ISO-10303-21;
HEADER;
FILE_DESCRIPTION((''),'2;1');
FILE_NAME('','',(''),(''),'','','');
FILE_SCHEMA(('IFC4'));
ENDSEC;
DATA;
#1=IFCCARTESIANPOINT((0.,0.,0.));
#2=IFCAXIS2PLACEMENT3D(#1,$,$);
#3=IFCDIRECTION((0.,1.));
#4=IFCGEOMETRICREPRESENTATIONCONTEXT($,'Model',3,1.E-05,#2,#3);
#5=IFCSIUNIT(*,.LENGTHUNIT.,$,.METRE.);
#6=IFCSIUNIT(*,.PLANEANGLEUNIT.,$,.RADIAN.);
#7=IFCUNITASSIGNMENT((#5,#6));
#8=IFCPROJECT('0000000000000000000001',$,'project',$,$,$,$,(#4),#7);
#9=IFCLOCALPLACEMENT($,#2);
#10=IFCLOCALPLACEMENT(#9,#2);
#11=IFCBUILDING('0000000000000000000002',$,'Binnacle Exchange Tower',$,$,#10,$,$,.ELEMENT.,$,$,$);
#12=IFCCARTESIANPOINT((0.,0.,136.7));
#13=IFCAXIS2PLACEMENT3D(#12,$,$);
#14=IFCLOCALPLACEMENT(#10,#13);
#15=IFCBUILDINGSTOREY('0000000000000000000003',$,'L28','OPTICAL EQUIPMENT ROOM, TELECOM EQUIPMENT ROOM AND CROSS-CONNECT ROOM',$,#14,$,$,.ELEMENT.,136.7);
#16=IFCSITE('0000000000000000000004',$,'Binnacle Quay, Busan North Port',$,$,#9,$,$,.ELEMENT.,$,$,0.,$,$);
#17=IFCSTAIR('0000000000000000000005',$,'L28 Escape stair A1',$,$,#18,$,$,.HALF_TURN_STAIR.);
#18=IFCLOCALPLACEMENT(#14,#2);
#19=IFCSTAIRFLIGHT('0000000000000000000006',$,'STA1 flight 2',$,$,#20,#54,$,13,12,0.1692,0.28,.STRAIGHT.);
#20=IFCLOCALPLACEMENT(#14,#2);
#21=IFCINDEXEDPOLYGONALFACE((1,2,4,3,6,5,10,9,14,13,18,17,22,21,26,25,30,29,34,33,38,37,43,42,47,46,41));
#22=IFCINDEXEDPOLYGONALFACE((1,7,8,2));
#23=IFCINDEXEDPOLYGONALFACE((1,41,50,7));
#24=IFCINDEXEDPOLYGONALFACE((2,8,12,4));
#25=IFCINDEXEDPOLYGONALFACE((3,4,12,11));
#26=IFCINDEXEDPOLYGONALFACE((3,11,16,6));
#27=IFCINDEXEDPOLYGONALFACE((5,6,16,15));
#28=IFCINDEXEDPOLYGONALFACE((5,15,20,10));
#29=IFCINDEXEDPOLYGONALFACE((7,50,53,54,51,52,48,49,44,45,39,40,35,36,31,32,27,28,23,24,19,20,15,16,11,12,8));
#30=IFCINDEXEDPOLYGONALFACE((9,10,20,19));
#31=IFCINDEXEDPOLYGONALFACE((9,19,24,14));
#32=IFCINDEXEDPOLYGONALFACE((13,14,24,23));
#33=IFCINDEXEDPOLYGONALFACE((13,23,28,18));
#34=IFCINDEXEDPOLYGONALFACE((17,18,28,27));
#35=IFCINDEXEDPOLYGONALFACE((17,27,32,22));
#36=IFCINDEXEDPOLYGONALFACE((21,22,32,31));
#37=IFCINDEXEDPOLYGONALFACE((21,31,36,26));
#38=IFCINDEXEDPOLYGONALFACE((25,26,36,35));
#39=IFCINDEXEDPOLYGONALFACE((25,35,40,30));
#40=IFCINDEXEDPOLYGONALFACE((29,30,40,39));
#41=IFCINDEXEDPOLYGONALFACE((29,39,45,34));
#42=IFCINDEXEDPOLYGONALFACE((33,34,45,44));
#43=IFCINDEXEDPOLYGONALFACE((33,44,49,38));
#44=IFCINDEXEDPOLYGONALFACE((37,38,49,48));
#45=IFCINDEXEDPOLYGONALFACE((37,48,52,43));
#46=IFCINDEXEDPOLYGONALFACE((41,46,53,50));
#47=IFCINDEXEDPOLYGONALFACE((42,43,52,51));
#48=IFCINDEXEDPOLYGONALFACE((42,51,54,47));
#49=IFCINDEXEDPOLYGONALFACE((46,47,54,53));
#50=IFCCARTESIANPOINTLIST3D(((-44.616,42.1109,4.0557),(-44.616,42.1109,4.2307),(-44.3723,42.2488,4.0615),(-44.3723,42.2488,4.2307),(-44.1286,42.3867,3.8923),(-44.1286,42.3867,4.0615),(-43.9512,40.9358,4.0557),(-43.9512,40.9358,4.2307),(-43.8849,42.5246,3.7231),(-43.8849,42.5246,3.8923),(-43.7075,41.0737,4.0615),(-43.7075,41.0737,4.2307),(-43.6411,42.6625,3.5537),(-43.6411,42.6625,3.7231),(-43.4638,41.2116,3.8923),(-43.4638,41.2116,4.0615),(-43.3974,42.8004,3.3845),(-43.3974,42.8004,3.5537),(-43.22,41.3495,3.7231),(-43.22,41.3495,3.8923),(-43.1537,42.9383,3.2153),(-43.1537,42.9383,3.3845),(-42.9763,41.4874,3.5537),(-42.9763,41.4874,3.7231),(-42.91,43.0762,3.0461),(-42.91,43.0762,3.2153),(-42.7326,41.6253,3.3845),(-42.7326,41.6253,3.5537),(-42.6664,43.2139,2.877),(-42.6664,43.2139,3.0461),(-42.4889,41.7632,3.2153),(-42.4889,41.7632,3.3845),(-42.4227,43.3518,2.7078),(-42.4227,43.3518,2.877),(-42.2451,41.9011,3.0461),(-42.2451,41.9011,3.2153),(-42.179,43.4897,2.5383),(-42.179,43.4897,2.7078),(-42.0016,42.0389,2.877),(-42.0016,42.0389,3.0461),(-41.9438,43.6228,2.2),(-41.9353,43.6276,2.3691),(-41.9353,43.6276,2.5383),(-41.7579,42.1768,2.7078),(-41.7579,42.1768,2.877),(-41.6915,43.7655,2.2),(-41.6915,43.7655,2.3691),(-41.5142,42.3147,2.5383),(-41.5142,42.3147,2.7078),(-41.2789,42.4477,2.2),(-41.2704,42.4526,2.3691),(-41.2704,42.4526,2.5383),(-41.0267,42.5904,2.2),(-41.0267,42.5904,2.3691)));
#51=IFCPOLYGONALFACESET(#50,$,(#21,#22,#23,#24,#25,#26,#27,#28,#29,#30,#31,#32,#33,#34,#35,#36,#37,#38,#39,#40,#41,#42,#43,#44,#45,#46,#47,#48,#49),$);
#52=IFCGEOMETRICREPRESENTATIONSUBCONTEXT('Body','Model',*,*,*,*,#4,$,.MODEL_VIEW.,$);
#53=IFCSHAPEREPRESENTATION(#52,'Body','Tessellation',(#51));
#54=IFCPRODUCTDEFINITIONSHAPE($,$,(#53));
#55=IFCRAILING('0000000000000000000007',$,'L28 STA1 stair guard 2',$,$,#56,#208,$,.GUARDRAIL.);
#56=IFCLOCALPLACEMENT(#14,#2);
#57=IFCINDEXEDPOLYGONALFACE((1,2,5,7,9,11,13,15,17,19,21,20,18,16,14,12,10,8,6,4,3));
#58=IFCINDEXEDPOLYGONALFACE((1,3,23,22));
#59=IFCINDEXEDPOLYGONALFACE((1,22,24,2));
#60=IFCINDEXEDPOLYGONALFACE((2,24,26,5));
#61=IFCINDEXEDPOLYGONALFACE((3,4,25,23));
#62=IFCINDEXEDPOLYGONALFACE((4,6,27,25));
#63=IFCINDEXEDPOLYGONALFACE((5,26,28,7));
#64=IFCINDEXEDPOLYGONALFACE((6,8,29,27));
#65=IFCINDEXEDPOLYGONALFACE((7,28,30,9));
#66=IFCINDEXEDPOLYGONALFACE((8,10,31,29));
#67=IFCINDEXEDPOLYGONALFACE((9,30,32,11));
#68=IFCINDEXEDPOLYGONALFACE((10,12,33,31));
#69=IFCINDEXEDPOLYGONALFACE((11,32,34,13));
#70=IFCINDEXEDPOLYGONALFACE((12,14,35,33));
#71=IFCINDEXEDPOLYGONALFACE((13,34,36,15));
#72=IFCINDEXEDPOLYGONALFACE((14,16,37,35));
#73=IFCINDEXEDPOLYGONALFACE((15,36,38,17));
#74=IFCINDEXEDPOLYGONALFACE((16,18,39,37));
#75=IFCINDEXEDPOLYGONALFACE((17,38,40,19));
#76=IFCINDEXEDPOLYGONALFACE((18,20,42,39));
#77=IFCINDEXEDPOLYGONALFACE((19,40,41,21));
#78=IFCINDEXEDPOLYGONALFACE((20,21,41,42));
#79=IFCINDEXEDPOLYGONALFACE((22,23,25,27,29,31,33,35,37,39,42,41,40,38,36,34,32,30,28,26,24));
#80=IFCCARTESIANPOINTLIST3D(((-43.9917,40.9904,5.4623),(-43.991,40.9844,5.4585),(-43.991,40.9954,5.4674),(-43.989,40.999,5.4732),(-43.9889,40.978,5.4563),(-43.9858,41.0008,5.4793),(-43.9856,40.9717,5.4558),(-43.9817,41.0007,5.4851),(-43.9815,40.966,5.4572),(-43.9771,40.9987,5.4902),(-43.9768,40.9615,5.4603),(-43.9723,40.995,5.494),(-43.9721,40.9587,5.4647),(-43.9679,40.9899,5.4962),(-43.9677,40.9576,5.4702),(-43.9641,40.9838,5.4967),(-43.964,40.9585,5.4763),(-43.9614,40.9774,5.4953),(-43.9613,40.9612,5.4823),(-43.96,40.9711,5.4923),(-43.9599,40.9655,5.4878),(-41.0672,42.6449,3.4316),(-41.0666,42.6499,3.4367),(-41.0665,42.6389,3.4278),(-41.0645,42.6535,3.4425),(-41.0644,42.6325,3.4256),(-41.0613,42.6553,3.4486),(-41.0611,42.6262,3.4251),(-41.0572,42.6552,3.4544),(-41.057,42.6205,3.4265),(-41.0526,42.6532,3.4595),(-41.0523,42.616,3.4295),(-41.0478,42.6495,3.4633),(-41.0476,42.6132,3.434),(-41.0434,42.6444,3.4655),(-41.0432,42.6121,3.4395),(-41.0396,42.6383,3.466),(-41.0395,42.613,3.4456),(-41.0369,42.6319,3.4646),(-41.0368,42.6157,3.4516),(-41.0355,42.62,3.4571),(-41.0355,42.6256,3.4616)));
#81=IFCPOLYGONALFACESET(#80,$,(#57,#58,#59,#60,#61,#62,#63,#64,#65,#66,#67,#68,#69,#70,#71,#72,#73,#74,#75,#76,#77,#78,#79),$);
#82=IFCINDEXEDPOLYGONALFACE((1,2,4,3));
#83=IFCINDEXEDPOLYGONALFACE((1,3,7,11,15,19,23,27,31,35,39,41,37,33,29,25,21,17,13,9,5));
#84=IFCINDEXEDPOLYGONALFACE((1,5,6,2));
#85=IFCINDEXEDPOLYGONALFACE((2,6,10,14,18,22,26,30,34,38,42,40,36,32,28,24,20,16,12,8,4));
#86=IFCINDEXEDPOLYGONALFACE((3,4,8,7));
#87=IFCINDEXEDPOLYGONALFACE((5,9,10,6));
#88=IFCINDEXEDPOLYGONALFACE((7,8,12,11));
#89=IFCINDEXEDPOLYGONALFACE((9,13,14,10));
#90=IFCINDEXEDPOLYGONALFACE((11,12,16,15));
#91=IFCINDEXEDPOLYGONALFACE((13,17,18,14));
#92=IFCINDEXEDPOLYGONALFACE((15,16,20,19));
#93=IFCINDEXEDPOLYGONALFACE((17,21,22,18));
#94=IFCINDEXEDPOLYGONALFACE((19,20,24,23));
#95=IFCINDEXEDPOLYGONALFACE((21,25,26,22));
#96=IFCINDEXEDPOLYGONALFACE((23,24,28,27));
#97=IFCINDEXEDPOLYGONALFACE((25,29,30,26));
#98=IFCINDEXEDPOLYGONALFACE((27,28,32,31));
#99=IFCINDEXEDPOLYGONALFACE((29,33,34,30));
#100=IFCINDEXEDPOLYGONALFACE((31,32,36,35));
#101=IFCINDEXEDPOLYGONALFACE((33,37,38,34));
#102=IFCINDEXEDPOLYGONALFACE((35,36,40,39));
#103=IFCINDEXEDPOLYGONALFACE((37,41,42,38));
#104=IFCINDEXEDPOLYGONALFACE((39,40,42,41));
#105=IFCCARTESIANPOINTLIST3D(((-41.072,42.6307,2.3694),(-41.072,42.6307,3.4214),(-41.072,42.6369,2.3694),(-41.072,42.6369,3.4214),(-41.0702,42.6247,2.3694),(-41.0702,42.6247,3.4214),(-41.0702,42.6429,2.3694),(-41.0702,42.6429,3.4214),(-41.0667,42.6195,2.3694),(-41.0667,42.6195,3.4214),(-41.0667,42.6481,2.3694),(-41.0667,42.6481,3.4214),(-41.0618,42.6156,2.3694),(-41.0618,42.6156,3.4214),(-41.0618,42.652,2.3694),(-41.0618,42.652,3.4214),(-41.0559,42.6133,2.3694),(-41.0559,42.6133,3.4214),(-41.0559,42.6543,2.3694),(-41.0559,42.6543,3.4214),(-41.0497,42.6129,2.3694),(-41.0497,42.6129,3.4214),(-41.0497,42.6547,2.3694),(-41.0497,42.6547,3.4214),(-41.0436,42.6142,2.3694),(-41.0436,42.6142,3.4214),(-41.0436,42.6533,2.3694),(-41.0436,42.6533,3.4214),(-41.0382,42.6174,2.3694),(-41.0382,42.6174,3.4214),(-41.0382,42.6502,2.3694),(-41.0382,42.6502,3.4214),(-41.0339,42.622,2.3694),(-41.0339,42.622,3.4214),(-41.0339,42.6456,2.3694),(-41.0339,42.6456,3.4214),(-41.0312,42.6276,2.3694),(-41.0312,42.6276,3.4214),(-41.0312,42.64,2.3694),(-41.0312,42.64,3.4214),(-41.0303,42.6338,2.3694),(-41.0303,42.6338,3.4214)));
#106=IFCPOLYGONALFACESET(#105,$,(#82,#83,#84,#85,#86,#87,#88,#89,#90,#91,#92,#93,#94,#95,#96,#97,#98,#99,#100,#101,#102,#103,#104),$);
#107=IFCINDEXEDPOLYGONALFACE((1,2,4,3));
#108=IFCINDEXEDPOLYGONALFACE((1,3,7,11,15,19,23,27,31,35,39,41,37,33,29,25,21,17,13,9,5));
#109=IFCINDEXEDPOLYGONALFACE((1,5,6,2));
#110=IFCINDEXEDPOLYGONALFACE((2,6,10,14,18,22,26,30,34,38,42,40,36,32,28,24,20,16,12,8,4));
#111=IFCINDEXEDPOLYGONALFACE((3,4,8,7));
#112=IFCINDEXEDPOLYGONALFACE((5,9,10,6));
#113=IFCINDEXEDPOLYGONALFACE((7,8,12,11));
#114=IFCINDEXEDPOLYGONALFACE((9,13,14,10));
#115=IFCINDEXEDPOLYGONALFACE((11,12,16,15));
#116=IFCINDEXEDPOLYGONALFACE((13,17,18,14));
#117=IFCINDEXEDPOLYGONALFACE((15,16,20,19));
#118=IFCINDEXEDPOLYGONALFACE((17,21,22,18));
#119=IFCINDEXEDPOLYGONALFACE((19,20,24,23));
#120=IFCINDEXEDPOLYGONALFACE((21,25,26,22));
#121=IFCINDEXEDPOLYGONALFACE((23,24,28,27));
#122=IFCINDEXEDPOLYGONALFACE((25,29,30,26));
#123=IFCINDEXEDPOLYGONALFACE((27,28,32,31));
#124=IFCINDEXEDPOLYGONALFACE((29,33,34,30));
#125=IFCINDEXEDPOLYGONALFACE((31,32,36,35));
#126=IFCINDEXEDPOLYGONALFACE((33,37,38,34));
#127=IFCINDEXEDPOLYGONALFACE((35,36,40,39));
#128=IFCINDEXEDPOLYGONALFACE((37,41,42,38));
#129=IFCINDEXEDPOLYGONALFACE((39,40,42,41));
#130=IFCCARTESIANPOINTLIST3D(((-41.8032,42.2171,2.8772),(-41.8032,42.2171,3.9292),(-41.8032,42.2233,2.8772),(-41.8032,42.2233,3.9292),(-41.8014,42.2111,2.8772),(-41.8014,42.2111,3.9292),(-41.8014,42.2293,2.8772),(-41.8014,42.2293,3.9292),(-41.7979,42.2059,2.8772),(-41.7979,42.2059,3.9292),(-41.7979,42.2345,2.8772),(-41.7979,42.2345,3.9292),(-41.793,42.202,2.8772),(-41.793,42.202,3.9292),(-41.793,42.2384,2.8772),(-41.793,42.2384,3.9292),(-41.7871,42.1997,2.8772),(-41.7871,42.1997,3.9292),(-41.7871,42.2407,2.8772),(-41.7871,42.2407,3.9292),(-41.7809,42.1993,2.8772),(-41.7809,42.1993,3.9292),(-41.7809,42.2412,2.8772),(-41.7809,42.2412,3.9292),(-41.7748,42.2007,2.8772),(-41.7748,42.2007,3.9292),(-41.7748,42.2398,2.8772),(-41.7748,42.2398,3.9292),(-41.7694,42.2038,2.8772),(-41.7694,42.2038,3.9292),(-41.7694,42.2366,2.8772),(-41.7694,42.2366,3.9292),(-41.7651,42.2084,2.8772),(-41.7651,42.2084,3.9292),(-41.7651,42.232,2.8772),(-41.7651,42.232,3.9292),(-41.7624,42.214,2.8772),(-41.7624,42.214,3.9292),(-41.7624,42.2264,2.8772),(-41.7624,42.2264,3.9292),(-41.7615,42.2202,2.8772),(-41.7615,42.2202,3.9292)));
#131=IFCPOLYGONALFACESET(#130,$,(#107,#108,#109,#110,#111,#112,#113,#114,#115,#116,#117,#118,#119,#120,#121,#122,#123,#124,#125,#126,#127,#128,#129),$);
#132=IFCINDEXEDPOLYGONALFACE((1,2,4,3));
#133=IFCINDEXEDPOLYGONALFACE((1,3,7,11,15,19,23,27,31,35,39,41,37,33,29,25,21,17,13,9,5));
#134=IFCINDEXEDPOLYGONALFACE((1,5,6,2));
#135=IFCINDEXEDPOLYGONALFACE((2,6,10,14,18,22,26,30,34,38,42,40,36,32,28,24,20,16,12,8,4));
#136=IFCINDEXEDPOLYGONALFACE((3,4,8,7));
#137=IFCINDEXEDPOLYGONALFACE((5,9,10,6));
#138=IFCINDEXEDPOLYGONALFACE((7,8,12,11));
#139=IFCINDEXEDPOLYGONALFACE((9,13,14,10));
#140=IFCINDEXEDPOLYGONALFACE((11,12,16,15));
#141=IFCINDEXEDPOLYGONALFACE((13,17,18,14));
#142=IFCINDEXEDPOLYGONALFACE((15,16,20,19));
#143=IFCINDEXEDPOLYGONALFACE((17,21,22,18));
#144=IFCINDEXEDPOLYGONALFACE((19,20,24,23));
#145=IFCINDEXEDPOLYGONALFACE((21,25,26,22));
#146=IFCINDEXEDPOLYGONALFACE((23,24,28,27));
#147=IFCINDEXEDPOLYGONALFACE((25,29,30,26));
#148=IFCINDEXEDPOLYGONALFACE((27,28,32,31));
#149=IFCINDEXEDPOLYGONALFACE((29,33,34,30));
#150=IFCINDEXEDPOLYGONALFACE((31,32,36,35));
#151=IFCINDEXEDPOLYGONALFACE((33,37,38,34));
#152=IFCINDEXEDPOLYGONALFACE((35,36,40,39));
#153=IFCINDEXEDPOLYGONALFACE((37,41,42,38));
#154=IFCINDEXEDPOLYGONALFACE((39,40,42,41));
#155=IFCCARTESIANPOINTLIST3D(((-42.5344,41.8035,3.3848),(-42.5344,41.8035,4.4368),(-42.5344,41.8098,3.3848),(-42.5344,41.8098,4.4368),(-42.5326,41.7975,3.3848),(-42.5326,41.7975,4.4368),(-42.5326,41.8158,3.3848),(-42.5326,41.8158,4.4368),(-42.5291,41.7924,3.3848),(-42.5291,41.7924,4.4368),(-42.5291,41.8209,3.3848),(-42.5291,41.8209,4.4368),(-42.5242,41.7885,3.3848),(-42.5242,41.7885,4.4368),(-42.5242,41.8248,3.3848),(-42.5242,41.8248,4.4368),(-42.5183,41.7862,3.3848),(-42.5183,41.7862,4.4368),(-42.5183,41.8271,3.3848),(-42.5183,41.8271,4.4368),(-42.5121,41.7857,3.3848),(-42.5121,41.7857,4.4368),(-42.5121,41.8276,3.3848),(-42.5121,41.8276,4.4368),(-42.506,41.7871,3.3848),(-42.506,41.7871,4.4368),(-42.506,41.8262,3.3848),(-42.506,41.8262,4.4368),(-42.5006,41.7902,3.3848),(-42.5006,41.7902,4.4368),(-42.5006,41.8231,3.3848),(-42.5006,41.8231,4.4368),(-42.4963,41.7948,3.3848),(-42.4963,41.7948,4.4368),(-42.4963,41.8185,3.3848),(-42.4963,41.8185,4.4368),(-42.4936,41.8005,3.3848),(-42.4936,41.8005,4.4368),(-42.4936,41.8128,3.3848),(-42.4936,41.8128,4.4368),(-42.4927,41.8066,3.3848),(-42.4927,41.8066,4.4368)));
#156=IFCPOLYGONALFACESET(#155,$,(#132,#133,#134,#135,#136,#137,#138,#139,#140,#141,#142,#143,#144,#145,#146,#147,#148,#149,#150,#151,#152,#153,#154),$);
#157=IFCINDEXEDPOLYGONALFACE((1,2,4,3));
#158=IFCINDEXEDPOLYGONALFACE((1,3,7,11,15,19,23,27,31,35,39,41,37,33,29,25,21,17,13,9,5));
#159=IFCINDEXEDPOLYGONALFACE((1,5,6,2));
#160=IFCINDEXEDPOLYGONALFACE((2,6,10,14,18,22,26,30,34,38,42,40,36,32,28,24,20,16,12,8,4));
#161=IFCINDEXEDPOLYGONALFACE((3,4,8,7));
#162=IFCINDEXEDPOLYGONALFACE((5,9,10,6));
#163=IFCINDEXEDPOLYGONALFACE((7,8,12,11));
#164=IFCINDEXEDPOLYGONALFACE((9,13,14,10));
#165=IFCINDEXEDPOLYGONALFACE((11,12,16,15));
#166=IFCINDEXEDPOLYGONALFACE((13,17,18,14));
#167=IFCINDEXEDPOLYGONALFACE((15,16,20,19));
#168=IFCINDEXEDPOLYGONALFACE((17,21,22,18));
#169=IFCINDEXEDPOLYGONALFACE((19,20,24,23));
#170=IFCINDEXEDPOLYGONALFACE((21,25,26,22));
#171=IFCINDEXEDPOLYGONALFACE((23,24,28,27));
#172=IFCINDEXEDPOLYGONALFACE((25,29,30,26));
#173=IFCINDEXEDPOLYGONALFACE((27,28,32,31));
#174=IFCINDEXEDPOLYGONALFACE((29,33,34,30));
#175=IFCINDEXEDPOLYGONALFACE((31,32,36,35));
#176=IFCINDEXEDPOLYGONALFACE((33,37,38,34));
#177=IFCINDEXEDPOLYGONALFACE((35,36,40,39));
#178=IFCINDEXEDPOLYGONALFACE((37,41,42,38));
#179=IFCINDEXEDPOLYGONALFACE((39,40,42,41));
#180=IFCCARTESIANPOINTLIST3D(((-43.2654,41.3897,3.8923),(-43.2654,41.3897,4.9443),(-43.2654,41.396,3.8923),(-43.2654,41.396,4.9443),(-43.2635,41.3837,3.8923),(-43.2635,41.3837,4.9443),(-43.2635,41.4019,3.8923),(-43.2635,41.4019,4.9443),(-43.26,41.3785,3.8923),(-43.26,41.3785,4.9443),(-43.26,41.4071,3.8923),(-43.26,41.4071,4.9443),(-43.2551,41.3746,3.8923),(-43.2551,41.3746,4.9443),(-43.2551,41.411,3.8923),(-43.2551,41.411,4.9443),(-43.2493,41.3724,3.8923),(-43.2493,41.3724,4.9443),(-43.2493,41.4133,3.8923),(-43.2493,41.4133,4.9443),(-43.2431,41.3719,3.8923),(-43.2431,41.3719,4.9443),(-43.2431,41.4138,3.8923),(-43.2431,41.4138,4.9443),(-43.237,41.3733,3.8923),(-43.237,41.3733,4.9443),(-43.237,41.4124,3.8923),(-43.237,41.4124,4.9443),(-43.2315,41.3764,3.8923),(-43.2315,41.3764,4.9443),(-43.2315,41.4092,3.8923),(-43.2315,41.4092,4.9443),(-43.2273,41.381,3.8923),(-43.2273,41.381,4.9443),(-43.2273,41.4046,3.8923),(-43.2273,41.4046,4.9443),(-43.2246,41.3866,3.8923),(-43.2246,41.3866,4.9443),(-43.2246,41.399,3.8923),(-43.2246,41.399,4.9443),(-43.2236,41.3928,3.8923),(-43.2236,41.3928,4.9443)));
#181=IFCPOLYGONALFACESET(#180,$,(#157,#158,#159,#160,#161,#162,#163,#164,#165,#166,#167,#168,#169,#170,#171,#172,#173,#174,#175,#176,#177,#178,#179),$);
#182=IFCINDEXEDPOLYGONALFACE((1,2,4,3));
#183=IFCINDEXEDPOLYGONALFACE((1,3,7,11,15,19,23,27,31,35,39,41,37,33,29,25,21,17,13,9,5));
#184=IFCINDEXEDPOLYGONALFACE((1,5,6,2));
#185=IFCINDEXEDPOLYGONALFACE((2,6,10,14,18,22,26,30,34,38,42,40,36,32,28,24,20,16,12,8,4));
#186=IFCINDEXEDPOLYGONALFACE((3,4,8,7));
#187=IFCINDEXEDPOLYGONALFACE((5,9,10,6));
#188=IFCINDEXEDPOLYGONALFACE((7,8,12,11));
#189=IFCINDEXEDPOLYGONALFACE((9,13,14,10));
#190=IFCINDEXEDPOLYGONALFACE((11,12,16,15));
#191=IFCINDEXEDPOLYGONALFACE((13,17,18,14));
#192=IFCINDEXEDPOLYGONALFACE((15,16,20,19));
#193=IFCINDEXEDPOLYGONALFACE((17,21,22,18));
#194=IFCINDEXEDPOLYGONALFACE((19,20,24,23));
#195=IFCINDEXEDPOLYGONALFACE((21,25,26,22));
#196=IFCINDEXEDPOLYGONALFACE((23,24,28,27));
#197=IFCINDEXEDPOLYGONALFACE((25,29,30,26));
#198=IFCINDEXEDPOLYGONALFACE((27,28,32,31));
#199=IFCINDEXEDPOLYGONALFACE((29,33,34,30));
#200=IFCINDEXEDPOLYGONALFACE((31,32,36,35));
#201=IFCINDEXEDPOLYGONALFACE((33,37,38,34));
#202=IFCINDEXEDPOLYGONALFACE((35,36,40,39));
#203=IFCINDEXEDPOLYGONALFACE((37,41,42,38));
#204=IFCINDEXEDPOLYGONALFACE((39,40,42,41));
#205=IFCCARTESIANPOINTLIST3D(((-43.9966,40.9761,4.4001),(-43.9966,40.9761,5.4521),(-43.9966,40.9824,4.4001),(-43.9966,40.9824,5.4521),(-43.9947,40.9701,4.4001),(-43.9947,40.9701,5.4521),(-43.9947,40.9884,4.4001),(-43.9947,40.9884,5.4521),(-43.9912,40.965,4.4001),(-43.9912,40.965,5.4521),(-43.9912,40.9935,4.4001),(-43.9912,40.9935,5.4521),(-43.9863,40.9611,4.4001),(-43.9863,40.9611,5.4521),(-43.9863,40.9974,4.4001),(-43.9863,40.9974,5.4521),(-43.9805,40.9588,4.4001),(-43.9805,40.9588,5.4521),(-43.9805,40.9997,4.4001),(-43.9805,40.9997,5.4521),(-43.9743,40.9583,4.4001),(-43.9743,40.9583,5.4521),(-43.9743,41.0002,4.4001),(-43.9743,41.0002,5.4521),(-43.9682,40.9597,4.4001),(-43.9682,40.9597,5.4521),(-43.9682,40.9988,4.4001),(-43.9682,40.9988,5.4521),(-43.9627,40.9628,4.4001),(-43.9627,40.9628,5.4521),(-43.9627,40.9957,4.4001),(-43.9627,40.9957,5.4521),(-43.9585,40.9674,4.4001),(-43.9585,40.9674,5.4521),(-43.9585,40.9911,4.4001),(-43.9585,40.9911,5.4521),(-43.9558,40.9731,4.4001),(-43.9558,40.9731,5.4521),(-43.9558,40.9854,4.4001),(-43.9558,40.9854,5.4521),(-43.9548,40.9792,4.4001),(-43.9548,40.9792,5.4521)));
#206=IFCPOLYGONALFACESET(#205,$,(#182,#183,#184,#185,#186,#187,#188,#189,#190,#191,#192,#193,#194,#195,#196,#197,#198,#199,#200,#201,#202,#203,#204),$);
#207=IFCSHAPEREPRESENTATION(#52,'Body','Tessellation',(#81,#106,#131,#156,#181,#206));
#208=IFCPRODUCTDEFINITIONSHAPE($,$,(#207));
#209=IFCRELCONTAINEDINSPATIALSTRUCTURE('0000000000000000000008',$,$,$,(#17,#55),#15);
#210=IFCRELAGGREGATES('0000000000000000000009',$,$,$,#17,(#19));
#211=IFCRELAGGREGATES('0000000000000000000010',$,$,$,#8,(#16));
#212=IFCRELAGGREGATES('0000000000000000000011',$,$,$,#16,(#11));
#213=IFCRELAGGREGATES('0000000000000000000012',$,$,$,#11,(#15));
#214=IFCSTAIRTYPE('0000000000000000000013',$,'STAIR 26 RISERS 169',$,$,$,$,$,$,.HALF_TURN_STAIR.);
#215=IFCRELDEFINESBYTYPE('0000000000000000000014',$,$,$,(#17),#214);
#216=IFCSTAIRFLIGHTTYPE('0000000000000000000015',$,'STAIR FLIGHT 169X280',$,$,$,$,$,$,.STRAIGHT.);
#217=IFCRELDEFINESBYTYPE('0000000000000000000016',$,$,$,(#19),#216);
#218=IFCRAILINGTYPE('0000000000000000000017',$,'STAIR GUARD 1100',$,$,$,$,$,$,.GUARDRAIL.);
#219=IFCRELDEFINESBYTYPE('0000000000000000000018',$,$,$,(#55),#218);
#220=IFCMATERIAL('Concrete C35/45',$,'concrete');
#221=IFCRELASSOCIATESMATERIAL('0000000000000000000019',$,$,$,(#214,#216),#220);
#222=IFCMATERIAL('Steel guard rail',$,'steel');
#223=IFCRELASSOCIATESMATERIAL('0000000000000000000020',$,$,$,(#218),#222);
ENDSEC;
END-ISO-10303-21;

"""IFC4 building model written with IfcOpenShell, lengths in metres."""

from ifc_helpers import new_model, si_unit, direction, frame, origin, origin_2d, place, context, subcontext, project, spatial, polyline, circle, outline, extrude, material, type_object, element, aggregate, save


model = new_model("IFC4")

# Units and contexts
model_context = context("Model", 3, precision=1e-05, world=origin(), true_north=direction((0.0, 1.0)))
body_context = subcontext(model_context, "Body", "Model", "MODEL_VIEW")
ifc_project = project(units=[si_unit("LENGTHUNIT", "METRE"), si_unit("PLANEANGLEUNIT", "RADIAN")], contexts=[model_context])

# Site, building, storey
site_placement = place(None, origin())
site = spatial("IfcSite", under=ifc_project, at=site_placement, Name="Binnacle Quay, Busan North Port", CompositionType="ELEMENT", RefElevation=0.0)
building_placement = place(site_placement, origin())
building = spatial("IfcBuilding", under=site, at=building_placement, Name="Binnacle Exchange Tower", CompositionType="ELEMENT")
storey_placement = place(building_placement, frame((0.0, 0.0, 136.7)))
storey = spatial("IfcBuildingStorey", under=building, at=storey_placement, Name="L28", Description="OPTICAL EQUIPMENT ROOM, TELECOM EQUIPMENT ROOM AND CROSS-CONNECT ROOM", CompositionType="ELEMENT", Elevation=136.7)

# Stair, stair flight
ifc_material_1 = material(Name="Concrete C35/45", Category="concrete")
stair_type = type_object("IfcStairType", Name="STAIR 26 RISERS 169", PredefinedType="HALF_TURN_STAIR", material=ifc_material_1)
stair_placement = place(storey_placement, origin())
stair = element("IfcStair", 1, at=stair_placement, inside=storey, type_object=stair_type, Name="L28 Escape stair A1", PredefinedType="HALF_TURN_STAIR")
stair_flight_type = type_object("IfcStairFlightType", Name="STAIR FLIGHT 169X280", PredefinedType="STRAIGHT", material=ifc_material_1)
stair_flight_1_placement = place(storey_placement, frame((-41.3591, 43.178, 2.2), z_axis=(0.0, 0.0, 1.0), x_axis=(-0.870356, -0.492424, 0.0)))
stair_flight_1 = element("IfcStairFlight", 2, at=stair_flight_1_placement, type_object=stair_flight_type, Name="STA1 flight 2", NumberOfRisers=13, NumberOfTreads=12, PredefinedType="STRAIGHT", RiserHeight=0.1692, TreadLength=0.28, context=body_context, shape_type="SweptSolid", body=[
    extrude(outline(polyline([(0.0, 0.0), (0.0, 0.1692), (0.28, 0.1692), (0.28, 0.3384), (0.5601, 0.3384), (0.5601, 0.5078), (0.8401, 0.5078), (0.8401, 0.677), (1.1201, 0.677), (1.1201, 0.8462), (1.3999, 0.8462), (1.3999, 1.0154), (1.6799, 1.0154), (1.6799, 1.1846), (1.96, 1.1846), (1.96, 1.3538), (2.24, 1.3538), (2.24, 1.5232), (2.52, 1.5232), (2.52, 1.6924), (2.8, 1.6924), (2.8, 1.8616), (3.0801, 1.8616), (3.0801, 2.0308), (3.3601, 2.0308), (3.3601, 2.2), (3.3601, 1.8557), (0.2898, 0.0), (0.0, 0.0)])), frame((0.0, 0.675, 0.0), z_axis=(0.0, -1.0, 0.0), x_axis=(1.0, 0.0, 0.0)), (0.0, 0.0, 1.0), 1.3501),
])
aggregate(stair, [stair_flight_1])

# Railing
ifc_material_2 = material(Name="Steel guard rail", Category="steel")
railing_type_1 = type_object("IfcRailingType", Name="STAIR GUARD 1100", PredefinedType="GUARDRAIL", material=ifc_material_2)
railing_1_placement = place(storey_placement, frame((-41.0513, 42.6338, 2.3694)))
element("IfcRailing", 3, at=railing_1_placement, inside=storey, type_object=railing_type_1, Name="L28 STA1 stair guard 2", PredefinedType="GUARDRAIL", context=body_context, shape_type="SweptSolid", body=[
    extrude(circle(Radius=0.0239, at=origin_2d()), frame((0.0, 0.0, 1.0762), z_axis=(-0.744895, -0.421417, 0.517242), x_axis=(0.492402, -0.870368, 0.0)), (0.0, 0.0, 1.0), 3.926),
    extrude(circle(Radius=0.021, at=origin_2d()), origin(), (0.0, 0.0, 1.0), 1.052),
    extrude(circle(Radius=0.021, at=origin_2d()), frame((-0.7312, -0.4136, 0.5078)), (0.0, 0.0, 1.0), 1.052),
    extrude(circle(Radius=0.021, at=origin_2d()), frame((-1.4624, -0.8271, 1.0154)), (0.0, 0.0, 1.0), 1.052),
    extrude(circle(Radius=0.021, at=origin_2d()), frame((-2.1934, -1.241, 1.5229)), (0.0, 0.0, 1.0), 1.052),
    extrude(circle(Radius=0.021, at=origin_2d()), frame((-2.9246, -1.6545, 2.0308)), (0.0, 0.0, 1.0), 1.052),
])

save(model, "model.ifc")
